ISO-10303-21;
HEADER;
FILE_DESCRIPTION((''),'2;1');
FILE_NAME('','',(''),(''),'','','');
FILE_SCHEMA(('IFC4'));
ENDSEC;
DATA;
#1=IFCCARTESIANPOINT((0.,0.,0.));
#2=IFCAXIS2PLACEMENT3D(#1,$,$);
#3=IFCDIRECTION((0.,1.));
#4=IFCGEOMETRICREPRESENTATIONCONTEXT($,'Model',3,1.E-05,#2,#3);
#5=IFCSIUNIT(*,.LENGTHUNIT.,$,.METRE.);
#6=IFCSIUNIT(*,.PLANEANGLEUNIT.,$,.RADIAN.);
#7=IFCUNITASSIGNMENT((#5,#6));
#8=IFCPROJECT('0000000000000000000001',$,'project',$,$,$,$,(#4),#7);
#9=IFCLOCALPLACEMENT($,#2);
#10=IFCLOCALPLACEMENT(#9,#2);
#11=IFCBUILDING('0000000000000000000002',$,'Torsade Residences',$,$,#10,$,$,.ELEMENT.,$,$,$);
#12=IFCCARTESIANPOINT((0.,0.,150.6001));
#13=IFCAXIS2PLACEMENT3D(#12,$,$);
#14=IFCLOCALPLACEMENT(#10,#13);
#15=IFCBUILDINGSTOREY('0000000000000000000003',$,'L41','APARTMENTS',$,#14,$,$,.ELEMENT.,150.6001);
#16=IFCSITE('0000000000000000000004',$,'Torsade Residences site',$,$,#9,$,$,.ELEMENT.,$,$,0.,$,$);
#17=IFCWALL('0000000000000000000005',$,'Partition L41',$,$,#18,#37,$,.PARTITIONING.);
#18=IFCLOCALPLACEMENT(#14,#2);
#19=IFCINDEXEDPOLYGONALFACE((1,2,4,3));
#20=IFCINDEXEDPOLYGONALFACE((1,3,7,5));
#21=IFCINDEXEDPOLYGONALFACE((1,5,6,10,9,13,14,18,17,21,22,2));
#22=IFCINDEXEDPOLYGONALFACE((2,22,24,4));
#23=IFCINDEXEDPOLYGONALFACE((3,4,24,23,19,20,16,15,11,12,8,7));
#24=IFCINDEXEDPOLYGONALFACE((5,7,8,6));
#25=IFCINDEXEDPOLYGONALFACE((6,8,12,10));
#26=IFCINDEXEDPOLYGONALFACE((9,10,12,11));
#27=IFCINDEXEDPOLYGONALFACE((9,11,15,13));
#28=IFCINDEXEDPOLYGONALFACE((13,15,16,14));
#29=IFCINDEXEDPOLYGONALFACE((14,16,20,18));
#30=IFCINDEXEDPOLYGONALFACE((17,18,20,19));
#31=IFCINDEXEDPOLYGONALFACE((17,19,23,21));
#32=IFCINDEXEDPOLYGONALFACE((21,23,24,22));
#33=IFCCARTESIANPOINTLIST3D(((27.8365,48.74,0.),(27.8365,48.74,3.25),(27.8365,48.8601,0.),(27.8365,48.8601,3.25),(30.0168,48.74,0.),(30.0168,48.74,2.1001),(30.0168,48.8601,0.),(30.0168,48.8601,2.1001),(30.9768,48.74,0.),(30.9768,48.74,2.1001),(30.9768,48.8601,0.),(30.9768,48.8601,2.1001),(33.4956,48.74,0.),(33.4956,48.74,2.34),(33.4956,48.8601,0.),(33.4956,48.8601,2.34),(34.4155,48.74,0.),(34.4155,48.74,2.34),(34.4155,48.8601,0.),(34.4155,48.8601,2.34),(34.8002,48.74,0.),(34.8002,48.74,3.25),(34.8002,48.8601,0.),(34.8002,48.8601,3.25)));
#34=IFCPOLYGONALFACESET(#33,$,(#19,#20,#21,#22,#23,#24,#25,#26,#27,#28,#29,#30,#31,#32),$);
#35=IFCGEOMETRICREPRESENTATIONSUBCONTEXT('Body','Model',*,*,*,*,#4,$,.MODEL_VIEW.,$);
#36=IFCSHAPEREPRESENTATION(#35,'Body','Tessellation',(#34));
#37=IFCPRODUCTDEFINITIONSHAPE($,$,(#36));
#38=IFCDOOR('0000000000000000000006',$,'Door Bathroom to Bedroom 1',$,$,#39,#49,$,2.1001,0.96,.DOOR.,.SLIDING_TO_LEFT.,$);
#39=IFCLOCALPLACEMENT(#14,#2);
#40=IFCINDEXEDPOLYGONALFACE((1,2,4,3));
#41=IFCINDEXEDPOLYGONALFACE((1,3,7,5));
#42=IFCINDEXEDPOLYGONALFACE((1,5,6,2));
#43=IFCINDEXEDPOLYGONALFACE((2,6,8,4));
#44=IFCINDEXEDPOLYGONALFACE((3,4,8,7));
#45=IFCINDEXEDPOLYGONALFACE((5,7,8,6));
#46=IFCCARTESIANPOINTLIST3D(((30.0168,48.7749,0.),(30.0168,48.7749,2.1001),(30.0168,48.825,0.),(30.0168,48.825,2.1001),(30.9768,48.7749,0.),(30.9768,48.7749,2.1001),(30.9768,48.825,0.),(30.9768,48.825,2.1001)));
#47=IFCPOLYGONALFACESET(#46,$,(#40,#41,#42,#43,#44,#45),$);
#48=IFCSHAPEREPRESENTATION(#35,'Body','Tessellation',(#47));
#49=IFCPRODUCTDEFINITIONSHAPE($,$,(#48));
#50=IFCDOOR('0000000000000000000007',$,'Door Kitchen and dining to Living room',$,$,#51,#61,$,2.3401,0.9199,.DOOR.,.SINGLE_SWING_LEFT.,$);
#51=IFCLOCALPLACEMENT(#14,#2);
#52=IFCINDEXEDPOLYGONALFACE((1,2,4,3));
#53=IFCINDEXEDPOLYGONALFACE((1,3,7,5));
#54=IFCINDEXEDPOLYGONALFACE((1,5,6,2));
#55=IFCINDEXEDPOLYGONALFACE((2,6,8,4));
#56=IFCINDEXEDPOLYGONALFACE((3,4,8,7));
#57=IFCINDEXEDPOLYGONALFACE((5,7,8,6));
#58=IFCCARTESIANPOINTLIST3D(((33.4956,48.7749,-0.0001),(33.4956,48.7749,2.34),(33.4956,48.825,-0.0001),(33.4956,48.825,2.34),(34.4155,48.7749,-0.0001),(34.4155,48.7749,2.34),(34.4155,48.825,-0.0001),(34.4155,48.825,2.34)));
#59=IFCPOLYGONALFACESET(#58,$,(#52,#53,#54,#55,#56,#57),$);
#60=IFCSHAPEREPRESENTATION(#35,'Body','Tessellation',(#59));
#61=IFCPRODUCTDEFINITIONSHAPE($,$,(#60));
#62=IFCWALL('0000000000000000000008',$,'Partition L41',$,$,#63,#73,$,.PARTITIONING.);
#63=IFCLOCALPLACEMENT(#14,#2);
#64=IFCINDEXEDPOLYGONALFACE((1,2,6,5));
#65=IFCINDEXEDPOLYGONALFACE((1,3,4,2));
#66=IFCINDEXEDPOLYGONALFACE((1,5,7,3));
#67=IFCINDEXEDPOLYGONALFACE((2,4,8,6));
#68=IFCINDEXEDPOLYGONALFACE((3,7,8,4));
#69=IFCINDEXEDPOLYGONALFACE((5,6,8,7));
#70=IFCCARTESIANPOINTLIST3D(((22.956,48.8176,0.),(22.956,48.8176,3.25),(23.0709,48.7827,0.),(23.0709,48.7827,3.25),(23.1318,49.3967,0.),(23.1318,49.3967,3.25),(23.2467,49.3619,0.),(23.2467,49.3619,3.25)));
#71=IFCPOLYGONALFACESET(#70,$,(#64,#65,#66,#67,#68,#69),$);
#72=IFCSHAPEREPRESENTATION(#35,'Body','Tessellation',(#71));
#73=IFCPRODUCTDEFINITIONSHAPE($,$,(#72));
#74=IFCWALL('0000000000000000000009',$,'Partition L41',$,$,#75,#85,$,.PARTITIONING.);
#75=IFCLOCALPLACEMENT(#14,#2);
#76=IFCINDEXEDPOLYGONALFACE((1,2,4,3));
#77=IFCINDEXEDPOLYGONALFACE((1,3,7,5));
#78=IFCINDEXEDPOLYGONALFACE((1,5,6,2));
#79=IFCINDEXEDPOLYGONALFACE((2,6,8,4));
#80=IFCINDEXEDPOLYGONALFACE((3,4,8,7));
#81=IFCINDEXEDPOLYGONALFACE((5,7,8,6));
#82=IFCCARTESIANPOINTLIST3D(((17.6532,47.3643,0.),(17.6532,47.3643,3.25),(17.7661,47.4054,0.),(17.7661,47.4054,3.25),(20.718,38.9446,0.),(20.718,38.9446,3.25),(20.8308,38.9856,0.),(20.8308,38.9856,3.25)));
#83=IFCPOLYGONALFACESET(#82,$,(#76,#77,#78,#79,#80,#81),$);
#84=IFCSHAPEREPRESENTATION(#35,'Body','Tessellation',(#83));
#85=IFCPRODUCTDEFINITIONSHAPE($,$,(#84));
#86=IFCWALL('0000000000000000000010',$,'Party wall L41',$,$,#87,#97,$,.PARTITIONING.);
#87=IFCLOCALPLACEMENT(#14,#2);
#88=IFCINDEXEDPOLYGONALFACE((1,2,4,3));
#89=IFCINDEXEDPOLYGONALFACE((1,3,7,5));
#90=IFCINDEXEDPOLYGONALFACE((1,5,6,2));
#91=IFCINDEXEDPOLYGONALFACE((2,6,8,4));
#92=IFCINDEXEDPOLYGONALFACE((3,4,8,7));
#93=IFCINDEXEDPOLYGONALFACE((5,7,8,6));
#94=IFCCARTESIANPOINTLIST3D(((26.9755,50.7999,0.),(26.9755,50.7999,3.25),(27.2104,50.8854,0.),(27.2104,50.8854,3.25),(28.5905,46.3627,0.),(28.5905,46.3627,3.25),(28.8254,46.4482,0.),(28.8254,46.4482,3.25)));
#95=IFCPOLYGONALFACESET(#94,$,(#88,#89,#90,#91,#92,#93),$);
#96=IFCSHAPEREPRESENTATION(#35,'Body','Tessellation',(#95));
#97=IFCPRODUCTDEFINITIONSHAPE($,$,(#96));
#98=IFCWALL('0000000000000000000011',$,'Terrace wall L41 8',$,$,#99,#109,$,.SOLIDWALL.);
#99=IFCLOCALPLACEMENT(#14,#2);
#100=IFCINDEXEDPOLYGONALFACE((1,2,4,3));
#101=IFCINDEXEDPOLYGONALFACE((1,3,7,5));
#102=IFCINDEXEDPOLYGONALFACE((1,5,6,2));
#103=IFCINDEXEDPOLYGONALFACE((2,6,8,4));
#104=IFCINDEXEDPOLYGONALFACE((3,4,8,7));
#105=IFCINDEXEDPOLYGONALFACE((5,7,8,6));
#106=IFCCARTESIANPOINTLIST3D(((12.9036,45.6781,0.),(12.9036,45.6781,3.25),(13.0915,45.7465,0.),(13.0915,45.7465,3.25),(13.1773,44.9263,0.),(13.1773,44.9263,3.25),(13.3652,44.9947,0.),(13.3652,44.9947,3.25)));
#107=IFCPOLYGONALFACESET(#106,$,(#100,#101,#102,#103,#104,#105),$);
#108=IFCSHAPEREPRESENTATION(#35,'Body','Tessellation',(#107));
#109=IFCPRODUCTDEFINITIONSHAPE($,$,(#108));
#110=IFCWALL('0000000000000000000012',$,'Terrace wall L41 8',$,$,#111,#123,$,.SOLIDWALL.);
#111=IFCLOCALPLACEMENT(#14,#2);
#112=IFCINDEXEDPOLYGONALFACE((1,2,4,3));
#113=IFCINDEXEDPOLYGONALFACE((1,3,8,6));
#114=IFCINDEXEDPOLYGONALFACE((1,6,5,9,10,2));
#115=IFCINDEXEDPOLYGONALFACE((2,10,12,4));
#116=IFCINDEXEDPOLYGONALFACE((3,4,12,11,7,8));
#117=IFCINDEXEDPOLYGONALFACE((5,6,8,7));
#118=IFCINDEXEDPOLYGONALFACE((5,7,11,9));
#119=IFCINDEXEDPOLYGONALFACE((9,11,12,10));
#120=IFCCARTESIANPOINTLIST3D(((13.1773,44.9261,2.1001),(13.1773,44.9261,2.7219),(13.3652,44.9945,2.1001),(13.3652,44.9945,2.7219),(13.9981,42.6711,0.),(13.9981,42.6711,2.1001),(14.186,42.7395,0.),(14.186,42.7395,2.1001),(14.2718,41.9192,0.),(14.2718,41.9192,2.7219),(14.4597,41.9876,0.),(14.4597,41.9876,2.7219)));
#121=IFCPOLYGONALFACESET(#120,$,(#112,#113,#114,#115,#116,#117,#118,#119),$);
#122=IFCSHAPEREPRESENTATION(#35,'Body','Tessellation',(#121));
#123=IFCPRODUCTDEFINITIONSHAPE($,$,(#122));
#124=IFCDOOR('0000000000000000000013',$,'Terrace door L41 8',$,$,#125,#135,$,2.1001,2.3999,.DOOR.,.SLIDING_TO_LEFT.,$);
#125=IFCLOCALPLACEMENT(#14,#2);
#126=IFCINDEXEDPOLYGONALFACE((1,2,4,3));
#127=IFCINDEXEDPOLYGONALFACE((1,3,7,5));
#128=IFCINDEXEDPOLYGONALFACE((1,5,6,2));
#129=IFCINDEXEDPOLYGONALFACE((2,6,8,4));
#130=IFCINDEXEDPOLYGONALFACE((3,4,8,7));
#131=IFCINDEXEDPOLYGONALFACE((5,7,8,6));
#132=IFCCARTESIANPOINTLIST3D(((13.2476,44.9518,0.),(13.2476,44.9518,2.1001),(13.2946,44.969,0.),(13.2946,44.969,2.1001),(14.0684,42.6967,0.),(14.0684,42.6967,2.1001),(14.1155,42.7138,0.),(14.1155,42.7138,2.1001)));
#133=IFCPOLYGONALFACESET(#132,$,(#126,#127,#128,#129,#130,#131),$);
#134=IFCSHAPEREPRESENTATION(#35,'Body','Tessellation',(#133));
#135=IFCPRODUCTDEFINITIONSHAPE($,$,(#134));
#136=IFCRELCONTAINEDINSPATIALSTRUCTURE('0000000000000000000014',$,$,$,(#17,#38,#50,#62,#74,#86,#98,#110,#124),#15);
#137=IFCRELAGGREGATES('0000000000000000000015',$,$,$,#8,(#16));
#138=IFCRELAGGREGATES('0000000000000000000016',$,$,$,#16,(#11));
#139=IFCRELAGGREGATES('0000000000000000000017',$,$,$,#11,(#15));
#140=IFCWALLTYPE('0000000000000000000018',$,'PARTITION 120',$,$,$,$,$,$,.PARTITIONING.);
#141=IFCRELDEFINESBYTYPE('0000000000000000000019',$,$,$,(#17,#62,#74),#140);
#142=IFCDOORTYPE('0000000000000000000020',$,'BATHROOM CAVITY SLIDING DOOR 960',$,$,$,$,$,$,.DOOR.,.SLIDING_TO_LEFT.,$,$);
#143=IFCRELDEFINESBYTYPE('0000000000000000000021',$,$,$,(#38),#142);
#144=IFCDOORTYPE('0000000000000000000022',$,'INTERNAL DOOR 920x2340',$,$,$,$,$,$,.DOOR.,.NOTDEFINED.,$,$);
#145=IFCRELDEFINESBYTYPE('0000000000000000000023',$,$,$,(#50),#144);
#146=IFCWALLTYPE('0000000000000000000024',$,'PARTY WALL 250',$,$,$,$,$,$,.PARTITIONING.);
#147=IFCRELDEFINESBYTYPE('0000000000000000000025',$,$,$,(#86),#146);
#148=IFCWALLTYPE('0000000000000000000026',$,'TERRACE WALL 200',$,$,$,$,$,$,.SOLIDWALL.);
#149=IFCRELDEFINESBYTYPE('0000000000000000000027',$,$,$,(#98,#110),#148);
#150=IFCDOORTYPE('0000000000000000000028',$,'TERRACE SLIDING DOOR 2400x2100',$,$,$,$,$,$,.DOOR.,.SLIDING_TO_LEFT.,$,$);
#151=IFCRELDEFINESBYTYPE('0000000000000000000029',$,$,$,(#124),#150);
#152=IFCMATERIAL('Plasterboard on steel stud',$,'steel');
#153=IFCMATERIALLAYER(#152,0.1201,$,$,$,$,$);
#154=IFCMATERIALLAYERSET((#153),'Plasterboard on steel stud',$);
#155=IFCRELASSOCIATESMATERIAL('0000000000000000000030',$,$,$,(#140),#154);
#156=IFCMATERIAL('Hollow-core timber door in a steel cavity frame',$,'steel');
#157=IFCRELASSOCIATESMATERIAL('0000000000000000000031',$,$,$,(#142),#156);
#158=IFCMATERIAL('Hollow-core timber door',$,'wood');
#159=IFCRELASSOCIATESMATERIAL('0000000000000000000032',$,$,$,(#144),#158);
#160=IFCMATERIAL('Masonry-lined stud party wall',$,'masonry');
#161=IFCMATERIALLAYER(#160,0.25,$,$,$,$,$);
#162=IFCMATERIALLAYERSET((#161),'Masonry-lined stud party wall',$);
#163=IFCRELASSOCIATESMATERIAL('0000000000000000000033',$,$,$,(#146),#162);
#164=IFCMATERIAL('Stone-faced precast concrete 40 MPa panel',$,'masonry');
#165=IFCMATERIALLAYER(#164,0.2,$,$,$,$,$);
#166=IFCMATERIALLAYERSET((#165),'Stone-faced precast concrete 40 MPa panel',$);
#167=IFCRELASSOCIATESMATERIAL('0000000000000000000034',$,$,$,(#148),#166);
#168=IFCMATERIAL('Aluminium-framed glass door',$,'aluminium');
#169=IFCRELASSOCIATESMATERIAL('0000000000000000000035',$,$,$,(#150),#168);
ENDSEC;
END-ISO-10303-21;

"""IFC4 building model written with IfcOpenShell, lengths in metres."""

from ifc_helpers import new_model, si_unit, direction, frame, frame_2d, origin, place, context, subcontext, project, spatial, rectangle, extrude, material, layer, layer_set, type_object, element, fill, save


model = new_model("IFC4")

# Units and contexts
model_context = context("Model", 3, precision=1e-05, world=origin(), true_north=direction((0.0, 1.0)))
body_context = subcontext(model_context, "Body", "Model", "MODEL_VIEW")
ifc_project = project(units=[si_unit("LENGTHUNIT", "METRE"), si_unit("PLANEANGLEUNIT", "RADIAN")], contexts=[model_context])

# Site, building, storey
site_placement = place(None, origin())
site = spatial("IfcSite", under=ifc_project, at=site_placement, Name="Torsade Residences site", CompositionType="ELEMENT", RefElevation=0.0)
building_placement = place(site_placement, origin())
building = spatial("IfcBuilding", under=site, at=building_placement, Name="Torsade Residences", CompositionType="ELEMENT")
storey_placement = place(building_placement, frame((0.0, 0.0, 150.6001)))
storey = spatial("IfcBuildingStorey", under=building, at=storey_placement, Name="L41", Description="APARTMENTS", CompositionType="ELEMENT", Elevation=150.6001)

# Wall, openings, doors
ifc_material_1 = material(Name="Plasterboard on steel stud", Category="steel")
ifc_layer_1 = layer(ifc_material_1, 0.1201)
ifc_layer_set_1 = layer_set([ifc_layer_1], Name="Plasterboard on steel stud")
wall_type_1 = type_object("IfcWallType", Name="PARTITION 120", PredefinedType="PARTITIONING", material=ifc_layer_set_1)
wall_1_placement = place(storey_placement, frame((27.8364, 48.8, 0.0), z_axis=(0.0, 0.0, 1.0), x_axis=(1.0, 0.0, 0.0)))
wall_1 = element("IfcWall", 1, at=wall_1_placement, inside=storey, type_object=wall_type_1, Name="Partition L41", PredefinedType="PARTITIONING", context=body_context, shape_type="SweptSolid", body=[
    extrude(rectangle(XDim=6.9636, YDim=0.1201, at=frame_2d((3.4819, 0.0))), origin(), (0.0, 0.0, 1.0), 3.25),
])
opening_1_placement = place(wall_1_placement, frame((5.6592, 0.0, 0.0)))
opening_1 = element("IfcOpeningElement", 2, at=opening_1_placement, cuts=wall_1, PredefinedType="OPENING", context=body_context, shape_type="SweptSolid", body=[
    extrude(rectangle(XDim=0.9199, YDim=2.3401, at=frame_2d((0.46, 1.1699))), frame((0.0, 0.0701, 0.0), z_axis=(0.0, -1.0, 0.0), x_axis=(1.0, 0.0, 0.0)), (0.0, 0.0, 1.0), 0.1401),
])
opening_2_placement = place(wall_1_placement, frame((2.1804, 0.0, 0.0)))
opening_2 = element("IfcOpeningElement", 3, at=opening_2_placement, cuts=wall_1, PredefinedType="OPENING", context=body_context, shape_type="SweptSolid", body=[
    extrude(rectangle(XDim=0.96, YDim=2.1001, at=frame_2d((0.48, 1.05))), frame((0.0, 0.0701, 0.0), z_axis=(0.0, -1.0, 0.0), x_axis=(1.0, 0.0, 0.0)), (0.0, 0.0, 1.0), 0.1401),
])
ifc_material_2 = material(Name="Hollow-core timber door in a steel cavity frame", Category="steel")
door_type_1 = type_object("IfcDoorType", Name="BATHROOM CAVITY SLIDING DOOR 960", OperationType="SLIDING_TO_LEFT", PredefinedType="DOOR", material=ifc_material_2)
door_1_placement = place(opening_2_placement, origin())
door_1 = element("IfcDoor", 4, at=door_1_placement, inside=storey, type_object=door_type_1, Name="Door Bathroom to Bedroom 1", OperationType="SLIDING_TO_LEFT", OverallHeight=2.1001, OverallWidth=0.96, PredefinedType="DOOR", context=body_context, shape_type="SweptSolid", body=[
    extrude(rectangle(XDim=0.96, YDim=2.1001, at=frame_2d((0.48, 1.05))), frame((0.0, 0.0249, 0.0), z_axis=(0.0, -1.0, 0.0), x_axis=(1.0, 0.0, 0.0)), (0.0, 0.0, 1.0), 0.05),
])
fill(opening_2, door_1)
ifc_material_3 = material(Name="Hollow-core timber door", Category="wood")
door_type_2 = type_object("IfcDoorType", Name="INTERNAL DOOR 920x2340", OperationType="NOTDEFINED", PredefinedType="DOOR", material=ifc_material_3)
door_2_placement = place(opening_1_placement, origin())
door_2 = element("IfcDoor", 5, at=door_2_placement, inside=storey, type_object=door_type_2, Name="Door Kitchen and dining to Living room", OperationType="SINGLE_SWING_LEFT", OverallHeight=2.3401, OverallWidth=0.9199, PredefinedType="DOOR", context=body_context, shape_type="SweptSolid", body=[
    extrude(rectangle(XDim=0.9199, YDim=2.3401, at=frame_2d((0.46, 1.1699))), frame((0.0, 0.0249, 0.0), z_axis=(0.0, -1.0, 0.0), x_axis=(1.0, 0.0, 0.0)), (0.0, 0.0, 1.0), 0.05),
])
fill(opening_1, door_2)

# Walls
wall_2_placement = place(storey_placement, frame((23.0134, 48.8, 0.0), z_axis=(0.0, 0.0, 1.0), x_axis=(0.290455, 0.956889, 0.0)))
element("IfcWall", 6, at=wall_2_placement, inside=storey, type_object=wall_type_1, Name="Partition L41", PredefinedType="PARTITIONING", context=body_context, shape_type="SweptSolid", body=[
    extrude(rectangle(XDim=0.6052, YDim=0.1201, at=frame_2d((0.3027, 0.0))), origin(), (0.0, 0.0, 1.0), 3.25),
])
wall_3_placement = place(storey_placement, frame((17.7097, 47.3848, 0.0), z_axis=(0.0, 0.0, 1.0), x_axis=(0.342038, -0.939686, 0.0)))
element("IfcWall", 7, at=wall_3_placement, inside=storey, type_object=wall_type_1, Name="Partition L41", PredefinedType="PARTITIONING", context=body_context, shape_type="SweptSolid", body=[
    extrude(rectangle(XDim=8.9602, YDim=0.1201, at=frame_2d((4.48, 0.0))), origin(), (0.0, 0.0, 1.0), 3.25),
])
ifc_material_4 = material(Name="Masonry-lined stud party wall", Category="masonry")
ifc_layer_2 = layer(ifc_material_4, 0.25)
ifc_layer_set_2 = layer_set([ifc_layer_2], Name="Masonry-lined stud party wall")
wall_type_2 = type_object("IfcWallType", Name="PARTY WALL 250", PredefinedType="PARTITIONING", material=ifc_layer_set_2)
wall_4_placement = place(storey_placement, frame((27.093, 50.8425, 0.0), z_axis=(0.0, 0.0, 1.0), x_axis=(0.342013, -0.939695, 0.0)))
element("IfcWall", 8, at=wall_4_placement, inside=storey, type_object=wall_type_2, Name="Party wall L41", PredefinedType="PARTITIONING", context=body_context, shape_type="SweptSolid", body=[
    extrude(rectangle(XDim=4.7219, YDim=0.25, at=frame_2d((2.3608, 0.0))), origin(), (0.0, 0.0, 1.0), 3.25),
])
ifc_material_5 = material(Name="Stone-faced precast concrete 40 MPa panel", Category="masonry")
ifc_layer_3 = layer(ifc_material_5, 0.2)
ifc_layer_set_3 = layer_set([ifc_layer_3], Name="Stone-faced precast concrete 40 MPa panel")
wall_type_3 = type_object("IfcWallType", Name="TERRACE WALL 200", PredefinedType="SOLIDWALL", material=ifc_layer_set_3)
wall_5_placement = place(storey_placement, frame((12.9976, 45.7122, 0.0), z_axis=(0.0, 0.0, 1.0), x_axis=(0.342111, -0.93966, 0.0)))
element("IfcWall", 9, at=wall_5_placement, inside=storey, type_object=wall_type_3, Name="Terrace wall L41 8", PredefinedType="SOLIDWALL", context=body_context, shape_type="SweptSolid", body=[
    extrude(rectangle(XDim=0.8, YDim=0.2, at=frame_2d((0.3999, 0.0))), origin(), (0.0, 0.0, 1.0), 3.25),
])

# Wall, opening, door
wall_6_placement = place(storey_placement, frame((13.2712, 44.9604, 0.0), z_axis=(0.0, 0.0, 1.0), x_axis=(0.342019, -0.939693, 0.0)))
wall_6 = element("IfcWall", 10, at=wall_6_placement, inside=storey, type_object=wall_type_3, Name="Terrace wall L41 8", PredefinedType="SOLIDWALL", context=body_context, shape_type="SweptSolid", body=[
    extrude(rectangle(XDim=3.2, YDim=0.2, at=frame_2d((1.6001, 0.0))), origin(), (0.0, 0.0, 1.0), 2.7219),
])
opening_3_placement = place(wall_6_placement, origin())
opening_3 = element("IfcOpeningElement", 11, at=opening_3_placement, cuts=wall_6, PredefinedType="OPENING", context=body_context, shape_type="SweptSolid", body=[
    extrude(rectangle(XDim=2.3999, YDim=2.1001, at=frame_2d((1.2, 1.05))), frame((0.0, 0.1099, 0.0), z_axis=(0.0, -1.0, 0.0), x_axis=(1.0, 0.0, 0.0)), (0.0, 0.0, 1.0), 0.22),
])
ifc_material_6 = material(Name="Aluminium-framed glass door", Category="aluminium")
door_type_3 = type_object("IfcDoorType", Name="TERRACE SLIDING DOOR 2400x2100", OperationType="SLIDING_TO_LEFT", PredefinedType="DOOR", material=ifc_material_6)
door_3_placement = place(opening_3_placement, origin())
door_3 = element("IfcDoor", 12, at=door_3_placement, inside=storey, type_object=door_type_3, Name="Terrace door L41 8", OperationType="SLIDING_TO_LEFT", OverallHeight=2.1001, OverallWidth=2.3999, PredefinedType="DOOR", context=body_context, shape_type="SweptSolid", body=[
    extrude(rectangle(XDim=2.3999, YDim=2.1001, at=frame_2d((1.2, 1.05))), frame((0.0, 0.0249, 0.0), z_axis=(0.0, -1.0, 0.0), x_axis=(1.0, 0.0, 0.0)), (0.0, 0.0, 1.0), 0.05),
])
fill(opening_3, door_3)

save(model, "model.ifc")
